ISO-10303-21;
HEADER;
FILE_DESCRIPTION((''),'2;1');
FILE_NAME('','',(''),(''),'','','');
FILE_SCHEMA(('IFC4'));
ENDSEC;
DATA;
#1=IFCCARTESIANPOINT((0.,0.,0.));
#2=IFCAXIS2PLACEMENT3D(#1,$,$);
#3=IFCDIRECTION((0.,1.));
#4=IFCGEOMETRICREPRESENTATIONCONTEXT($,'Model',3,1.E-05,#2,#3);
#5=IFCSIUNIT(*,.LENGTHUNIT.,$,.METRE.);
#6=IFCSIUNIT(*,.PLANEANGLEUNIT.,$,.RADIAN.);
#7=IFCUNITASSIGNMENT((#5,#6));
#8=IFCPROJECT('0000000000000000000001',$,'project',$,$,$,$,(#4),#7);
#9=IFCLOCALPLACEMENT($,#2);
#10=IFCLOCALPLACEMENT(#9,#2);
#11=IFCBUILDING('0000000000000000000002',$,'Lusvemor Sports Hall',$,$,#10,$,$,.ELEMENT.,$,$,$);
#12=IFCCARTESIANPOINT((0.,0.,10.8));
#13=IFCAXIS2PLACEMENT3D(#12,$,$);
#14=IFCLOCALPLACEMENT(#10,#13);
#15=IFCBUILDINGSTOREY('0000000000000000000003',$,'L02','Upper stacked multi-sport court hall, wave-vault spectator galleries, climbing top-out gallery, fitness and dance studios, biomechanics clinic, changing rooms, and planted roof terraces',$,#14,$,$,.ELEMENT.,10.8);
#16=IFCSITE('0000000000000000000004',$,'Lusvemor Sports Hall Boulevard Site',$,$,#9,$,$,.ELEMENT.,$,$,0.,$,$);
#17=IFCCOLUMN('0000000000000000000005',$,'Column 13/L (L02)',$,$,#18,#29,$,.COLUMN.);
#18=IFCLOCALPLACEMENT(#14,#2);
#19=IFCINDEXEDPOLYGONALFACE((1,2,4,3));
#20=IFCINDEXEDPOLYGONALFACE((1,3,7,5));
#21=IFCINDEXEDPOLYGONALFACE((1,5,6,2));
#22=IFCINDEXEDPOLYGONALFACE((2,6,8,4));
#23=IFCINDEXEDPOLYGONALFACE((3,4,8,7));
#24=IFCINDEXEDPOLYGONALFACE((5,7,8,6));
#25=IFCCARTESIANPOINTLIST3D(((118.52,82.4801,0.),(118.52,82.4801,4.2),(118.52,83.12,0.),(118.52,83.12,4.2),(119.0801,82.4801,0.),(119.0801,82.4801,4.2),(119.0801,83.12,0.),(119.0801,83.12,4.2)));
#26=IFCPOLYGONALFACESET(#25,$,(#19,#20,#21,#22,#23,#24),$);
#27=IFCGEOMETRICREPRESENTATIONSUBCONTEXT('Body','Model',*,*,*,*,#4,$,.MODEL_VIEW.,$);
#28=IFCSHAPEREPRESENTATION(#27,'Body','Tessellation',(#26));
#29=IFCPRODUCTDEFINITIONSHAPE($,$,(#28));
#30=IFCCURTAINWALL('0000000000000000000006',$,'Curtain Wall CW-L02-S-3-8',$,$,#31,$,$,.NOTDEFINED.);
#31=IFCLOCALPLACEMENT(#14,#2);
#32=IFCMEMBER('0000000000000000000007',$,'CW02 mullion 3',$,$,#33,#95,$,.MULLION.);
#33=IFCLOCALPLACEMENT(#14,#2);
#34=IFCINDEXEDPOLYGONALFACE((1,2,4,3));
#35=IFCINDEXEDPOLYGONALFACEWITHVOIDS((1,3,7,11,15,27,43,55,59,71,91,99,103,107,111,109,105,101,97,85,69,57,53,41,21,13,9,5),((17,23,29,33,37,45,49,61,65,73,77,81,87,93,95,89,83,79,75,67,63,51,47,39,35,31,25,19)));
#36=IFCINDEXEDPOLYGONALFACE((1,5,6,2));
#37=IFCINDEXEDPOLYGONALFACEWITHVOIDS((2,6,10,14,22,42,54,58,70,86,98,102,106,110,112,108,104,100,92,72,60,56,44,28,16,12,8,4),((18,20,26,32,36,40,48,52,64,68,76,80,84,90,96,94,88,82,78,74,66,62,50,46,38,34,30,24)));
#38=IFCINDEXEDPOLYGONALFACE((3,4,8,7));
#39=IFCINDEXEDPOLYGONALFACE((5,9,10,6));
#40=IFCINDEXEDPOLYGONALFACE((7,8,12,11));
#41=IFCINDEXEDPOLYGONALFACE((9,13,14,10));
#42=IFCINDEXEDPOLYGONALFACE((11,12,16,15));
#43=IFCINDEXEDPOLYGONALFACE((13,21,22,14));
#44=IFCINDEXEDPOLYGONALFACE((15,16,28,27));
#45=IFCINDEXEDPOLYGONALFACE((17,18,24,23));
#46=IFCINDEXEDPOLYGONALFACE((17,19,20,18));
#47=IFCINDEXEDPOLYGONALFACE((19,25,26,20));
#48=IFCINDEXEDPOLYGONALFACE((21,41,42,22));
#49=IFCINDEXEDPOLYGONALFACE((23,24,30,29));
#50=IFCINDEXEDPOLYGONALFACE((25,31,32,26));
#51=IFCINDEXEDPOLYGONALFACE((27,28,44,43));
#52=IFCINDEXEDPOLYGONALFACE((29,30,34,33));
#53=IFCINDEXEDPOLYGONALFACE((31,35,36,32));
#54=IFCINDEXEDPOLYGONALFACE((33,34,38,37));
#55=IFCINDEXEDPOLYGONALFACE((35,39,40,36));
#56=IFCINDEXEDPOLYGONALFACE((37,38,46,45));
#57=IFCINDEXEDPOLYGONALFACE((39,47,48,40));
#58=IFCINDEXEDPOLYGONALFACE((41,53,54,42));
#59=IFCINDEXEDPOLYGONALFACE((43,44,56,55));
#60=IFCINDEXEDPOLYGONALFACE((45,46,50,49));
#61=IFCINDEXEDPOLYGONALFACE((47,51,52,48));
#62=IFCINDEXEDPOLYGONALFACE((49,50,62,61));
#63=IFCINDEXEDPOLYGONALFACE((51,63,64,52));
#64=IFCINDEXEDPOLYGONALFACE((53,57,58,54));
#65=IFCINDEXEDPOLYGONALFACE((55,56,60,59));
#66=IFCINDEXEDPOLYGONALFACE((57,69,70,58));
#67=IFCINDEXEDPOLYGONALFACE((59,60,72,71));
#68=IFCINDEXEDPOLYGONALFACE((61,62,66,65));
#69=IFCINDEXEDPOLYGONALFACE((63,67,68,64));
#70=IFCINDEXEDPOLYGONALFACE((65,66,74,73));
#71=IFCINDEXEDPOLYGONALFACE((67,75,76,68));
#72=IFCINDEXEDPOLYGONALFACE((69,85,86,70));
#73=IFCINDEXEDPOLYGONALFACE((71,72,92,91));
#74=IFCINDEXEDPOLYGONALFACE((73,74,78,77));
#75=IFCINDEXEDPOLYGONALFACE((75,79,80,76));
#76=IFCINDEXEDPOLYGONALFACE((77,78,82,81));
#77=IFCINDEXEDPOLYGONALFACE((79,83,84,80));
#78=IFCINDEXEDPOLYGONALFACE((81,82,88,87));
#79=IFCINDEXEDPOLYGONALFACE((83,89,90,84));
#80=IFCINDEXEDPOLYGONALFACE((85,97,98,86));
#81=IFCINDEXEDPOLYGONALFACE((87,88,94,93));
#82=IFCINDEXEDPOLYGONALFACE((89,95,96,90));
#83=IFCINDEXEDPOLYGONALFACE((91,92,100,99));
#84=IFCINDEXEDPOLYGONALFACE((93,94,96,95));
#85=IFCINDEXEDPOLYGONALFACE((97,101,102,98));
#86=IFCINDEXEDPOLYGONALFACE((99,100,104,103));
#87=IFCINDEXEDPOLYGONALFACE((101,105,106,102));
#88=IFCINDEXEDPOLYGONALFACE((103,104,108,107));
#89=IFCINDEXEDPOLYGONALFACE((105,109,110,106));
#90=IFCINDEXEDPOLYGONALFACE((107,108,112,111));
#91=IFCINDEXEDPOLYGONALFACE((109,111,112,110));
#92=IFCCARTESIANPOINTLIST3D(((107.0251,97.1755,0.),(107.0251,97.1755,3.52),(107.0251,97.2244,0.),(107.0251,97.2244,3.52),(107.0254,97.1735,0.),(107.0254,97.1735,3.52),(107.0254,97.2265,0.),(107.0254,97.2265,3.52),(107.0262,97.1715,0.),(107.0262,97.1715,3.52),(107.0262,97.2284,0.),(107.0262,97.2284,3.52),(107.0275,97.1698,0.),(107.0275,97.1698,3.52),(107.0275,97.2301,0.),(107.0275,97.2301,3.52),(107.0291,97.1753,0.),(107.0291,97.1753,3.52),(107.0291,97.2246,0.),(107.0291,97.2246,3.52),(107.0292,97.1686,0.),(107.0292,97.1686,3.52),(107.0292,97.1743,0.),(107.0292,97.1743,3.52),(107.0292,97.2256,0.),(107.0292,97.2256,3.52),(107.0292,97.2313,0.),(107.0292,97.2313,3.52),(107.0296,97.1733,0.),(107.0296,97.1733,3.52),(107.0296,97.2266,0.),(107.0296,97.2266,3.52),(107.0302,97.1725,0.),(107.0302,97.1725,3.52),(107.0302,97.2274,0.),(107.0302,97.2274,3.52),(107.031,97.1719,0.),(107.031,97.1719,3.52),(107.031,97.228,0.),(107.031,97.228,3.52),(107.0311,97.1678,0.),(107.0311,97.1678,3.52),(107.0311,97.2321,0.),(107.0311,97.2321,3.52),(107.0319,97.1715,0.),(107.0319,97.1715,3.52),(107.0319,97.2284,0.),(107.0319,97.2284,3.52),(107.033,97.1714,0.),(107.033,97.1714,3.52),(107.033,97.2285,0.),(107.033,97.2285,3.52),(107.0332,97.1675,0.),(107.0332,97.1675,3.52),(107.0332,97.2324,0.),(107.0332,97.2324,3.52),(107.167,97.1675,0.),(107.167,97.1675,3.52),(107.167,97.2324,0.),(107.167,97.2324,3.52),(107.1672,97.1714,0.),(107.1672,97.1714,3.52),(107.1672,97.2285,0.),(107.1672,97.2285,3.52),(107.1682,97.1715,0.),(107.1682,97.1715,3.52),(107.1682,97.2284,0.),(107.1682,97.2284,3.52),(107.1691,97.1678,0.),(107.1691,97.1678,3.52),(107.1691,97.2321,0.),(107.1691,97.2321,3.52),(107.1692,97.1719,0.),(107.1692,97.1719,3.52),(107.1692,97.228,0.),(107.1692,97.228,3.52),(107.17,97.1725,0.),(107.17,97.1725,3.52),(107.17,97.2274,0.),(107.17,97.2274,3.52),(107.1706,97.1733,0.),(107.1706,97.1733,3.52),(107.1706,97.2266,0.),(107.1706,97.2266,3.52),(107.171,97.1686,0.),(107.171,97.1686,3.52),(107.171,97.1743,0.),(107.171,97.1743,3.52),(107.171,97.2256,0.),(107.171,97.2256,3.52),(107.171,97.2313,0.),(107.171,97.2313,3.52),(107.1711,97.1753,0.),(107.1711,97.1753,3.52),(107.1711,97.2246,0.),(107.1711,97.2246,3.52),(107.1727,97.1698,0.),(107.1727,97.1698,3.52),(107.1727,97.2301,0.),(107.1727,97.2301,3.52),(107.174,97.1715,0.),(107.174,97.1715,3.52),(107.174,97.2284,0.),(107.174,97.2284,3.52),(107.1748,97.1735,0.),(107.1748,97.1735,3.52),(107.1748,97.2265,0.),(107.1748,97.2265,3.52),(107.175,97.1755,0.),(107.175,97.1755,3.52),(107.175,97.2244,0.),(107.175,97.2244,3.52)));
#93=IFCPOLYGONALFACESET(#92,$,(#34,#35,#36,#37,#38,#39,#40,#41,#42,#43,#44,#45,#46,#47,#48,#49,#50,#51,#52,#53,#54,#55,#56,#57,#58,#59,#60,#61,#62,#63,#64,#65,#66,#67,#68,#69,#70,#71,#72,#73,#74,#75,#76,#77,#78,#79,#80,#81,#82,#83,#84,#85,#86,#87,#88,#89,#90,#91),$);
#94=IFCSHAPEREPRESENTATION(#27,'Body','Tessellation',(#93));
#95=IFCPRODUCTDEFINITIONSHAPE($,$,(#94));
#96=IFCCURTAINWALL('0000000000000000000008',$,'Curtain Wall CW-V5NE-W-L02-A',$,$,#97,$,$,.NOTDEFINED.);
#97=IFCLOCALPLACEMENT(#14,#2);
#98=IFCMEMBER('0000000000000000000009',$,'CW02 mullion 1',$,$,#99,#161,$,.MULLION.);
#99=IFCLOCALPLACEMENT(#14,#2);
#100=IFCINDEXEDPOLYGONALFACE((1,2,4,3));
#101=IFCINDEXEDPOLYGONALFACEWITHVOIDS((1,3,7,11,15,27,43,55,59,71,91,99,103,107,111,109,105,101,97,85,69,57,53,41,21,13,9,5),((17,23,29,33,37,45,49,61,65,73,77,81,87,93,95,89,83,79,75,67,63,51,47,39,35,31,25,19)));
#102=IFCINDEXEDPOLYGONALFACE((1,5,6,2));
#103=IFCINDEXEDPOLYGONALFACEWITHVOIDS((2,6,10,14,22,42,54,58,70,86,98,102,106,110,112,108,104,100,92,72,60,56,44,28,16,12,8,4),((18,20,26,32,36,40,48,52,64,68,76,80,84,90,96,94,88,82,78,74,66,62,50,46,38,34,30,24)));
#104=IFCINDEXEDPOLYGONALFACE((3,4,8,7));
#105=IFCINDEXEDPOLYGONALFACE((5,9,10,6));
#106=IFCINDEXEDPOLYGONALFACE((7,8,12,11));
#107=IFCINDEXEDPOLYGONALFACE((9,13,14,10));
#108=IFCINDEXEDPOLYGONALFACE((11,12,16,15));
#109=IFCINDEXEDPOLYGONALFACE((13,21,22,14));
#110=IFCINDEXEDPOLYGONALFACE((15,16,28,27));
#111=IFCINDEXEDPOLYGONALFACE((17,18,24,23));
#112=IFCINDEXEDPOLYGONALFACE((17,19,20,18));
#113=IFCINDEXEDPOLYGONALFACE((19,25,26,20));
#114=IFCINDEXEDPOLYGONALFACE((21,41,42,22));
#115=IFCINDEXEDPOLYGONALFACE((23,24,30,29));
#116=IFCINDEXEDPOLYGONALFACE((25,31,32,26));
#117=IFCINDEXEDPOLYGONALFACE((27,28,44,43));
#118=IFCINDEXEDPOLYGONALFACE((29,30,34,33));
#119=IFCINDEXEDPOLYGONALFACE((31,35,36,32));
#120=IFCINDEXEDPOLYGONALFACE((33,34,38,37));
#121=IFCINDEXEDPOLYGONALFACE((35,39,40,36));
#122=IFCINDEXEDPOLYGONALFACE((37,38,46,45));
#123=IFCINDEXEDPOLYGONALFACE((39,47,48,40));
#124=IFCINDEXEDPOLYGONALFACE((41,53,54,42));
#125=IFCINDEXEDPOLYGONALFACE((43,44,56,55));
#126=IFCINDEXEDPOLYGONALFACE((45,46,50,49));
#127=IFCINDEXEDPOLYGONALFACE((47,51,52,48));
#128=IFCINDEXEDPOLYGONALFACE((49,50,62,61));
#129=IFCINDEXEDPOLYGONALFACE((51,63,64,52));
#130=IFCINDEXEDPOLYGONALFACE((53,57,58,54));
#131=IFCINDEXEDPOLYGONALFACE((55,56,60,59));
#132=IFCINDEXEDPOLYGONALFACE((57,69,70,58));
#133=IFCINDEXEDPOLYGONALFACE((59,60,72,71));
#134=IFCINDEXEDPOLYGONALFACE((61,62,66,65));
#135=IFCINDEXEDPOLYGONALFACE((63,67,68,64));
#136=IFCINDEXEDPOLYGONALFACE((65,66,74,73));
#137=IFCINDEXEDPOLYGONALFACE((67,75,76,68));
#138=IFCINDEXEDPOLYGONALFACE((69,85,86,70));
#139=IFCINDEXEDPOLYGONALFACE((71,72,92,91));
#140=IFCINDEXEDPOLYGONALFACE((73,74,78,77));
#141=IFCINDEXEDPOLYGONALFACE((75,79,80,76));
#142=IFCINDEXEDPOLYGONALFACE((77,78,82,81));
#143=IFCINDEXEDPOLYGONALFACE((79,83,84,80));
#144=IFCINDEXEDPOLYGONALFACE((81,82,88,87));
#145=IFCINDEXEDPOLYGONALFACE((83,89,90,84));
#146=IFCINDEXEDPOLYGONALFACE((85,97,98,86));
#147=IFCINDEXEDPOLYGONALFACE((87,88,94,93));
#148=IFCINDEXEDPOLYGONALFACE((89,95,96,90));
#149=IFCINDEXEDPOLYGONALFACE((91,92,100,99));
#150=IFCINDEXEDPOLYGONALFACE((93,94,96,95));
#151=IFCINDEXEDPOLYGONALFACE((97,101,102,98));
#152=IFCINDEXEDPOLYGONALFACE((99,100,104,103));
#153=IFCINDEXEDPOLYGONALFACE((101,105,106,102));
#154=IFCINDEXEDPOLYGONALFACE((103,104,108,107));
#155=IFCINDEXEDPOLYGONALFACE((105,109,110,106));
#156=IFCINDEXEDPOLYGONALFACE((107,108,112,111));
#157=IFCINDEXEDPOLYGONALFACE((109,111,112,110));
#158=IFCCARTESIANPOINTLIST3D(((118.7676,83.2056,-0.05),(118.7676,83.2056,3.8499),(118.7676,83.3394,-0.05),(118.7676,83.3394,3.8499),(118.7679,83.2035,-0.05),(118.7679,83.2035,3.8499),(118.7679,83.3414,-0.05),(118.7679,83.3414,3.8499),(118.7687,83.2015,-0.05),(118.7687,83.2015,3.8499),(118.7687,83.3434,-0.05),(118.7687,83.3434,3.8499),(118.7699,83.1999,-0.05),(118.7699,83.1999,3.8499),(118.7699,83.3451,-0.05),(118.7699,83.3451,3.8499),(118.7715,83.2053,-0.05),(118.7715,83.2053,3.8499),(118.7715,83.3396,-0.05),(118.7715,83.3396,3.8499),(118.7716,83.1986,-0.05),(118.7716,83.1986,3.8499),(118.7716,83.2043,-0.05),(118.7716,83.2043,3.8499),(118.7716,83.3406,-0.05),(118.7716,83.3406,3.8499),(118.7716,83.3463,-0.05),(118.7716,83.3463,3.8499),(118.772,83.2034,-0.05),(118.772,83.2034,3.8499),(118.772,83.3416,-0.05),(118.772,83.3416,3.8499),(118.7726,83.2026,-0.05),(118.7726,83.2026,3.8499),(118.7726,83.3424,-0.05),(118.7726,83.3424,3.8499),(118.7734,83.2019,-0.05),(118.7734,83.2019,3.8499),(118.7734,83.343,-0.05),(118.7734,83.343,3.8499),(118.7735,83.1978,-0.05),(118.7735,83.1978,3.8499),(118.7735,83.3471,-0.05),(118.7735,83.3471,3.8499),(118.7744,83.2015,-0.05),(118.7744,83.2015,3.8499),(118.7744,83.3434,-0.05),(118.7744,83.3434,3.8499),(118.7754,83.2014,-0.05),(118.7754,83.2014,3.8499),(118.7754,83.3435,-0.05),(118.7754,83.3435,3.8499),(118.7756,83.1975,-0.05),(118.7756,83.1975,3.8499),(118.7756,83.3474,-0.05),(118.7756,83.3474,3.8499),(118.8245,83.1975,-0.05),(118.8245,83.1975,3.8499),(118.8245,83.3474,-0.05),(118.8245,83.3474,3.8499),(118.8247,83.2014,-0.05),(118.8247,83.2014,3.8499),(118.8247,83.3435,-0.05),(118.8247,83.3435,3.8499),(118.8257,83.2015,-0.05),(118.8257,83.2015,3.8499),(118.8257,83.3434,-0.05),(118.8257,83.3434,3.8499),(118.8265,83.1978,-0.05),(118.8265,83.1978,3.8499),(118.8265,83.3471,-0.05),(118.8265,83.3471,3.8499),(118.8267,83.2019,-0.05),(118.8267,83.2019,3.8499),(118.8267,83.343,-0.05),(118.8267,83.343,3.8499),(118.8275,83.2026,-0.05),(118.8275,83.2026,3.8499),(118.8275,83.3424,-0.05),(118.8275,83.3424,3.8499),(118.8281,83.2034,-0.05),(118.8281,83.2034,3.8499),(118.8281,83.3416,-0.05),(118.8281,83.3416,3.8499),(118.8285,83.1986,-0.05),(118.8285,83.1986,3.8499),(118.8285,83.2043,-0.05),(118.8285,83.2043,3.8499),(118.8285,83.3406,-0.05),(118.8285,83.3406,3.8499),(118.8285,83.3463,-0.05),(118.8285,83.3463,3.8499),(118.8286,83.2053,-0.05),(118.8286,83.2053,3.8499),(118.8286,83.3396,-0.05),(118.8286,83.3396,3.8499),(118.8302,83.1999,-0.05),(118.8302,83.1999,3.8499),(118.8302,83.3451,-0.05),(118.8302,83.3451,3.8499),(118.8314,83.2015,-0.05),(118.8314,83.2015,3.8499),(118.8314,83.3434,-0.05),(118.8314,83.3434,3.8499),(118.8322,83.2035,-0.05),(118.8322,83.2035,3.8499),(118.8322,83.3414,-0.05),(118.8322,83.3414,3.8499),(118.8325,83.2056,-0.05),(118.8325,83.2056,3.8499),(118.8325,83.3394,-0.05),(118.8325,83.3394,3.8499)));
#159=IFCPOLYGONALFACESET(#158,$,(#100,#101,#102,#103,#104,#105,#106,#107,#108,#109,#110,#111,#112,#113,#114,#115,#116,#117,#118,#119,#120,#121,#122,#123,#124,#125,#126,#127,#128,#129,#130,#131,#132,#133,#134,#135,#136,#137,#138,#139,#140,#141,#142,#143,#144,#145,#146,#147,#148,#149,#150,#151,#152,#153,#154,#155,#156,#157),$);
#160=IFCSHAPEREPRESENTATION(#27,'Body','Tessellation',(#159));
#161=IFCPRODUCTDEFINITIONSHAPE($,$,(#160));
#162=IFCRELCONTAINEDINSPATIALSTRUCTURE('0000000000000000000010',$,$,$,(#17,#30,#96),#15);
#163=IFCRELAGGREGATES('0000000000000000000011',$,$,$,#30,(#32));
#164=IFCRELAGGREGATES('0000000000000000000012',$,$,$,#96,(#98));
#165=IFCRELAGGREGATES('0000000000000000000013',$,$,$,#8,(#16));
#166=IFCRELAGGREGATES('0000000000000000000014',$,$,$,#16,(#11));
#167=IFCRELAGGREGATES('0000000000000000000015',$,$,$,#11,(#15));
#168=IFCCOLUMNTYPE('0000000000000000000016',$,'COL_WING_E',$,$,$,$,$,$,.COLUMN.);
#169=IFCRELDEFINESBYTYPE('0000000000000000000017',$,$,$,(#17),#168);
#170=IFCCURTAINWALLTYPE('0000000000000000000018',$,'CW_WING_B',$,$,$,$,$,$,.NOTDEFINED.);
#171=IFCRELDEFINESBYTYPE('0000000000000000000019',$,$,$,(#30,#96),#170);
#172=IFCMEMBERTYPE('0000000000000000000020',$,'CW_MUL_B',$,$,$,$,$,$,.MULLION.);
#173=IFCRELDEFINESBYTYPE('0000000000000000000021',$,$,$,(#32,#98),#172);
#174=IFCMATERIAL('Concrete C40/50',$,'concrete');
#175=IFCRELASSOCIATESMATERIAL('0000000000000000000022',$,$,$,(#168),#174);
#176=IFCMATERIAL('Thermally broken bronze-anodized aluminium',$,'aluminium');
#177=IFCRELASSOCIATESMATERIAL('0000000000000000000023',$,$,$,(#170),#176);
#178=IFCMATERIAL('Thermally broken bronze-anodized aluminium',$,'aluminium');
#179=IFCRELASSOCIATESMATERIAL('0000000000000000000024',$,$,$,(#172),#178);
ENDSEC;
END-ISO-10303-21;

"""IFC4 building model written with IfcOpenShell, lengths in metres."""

from ifc_helpers import new_model, si_unit, direction, frame, origin, origin_2d, place, context, subcontext, project, spatial, rectangle, hollow_rectangle, extrude, material, material_profile, profile_set, type_object, element, aggregate, save


model = new_model("IFC4")

# Units and contexts
model_context = context("Model", 3, precision=1e-05, world=origin(), true_north=direction((0.0, 1.0)))
body_context = subcontext(model_context, "Body", "Model", "MODEL_VIEW")
ifc_project = project(units=[si_unit("LENGTHUNIT", "METRE"), si_unit("PLANEANGLEUNIT", "RADIAN")], contexts=[model_context])

# Site, building, storey
site_placement = place(None, origin())
site = spatial("IfcSite", under=ifc_project, at=site_placement, Name="Lusvemor Sports Hall Boulevard Site", CompositionType="ELEMENT", RefElevation=0.0)
building_placement = place(site_placement, origin())
building = spatial("IfcBuilding", under=site, at=building_placement, Name="Lusvemor Sports Hall", CompositionType="ELEMENT")
storey_placement = place(building_placement, frame((0.0, 0.0, 10.8)))
storey = spatial("IfcBuildingStorey", under=building, at=storey_placement, Name="L02", Description="Upper stacked multi-sport court hall, wave-vault spectator galleries, climbing top-out gallery, fitness and dance studios, biomechanics clinic, changing rooms, and planted roof terraces", CompositionType="ELEMENT", Elevation=10.8)

# Column
ifc_material_1 = material(Name="Concrete C40/50", Category="concrete")
ifc_material_profile_1 = material_profile(ifc_material_1, rectangle(XDim=0.5601, YDim=0.6399, at=origin_2d()), Name="RC560x640")
ifc_profile_set_1 = profile_set([ifc_material_profile_1], Name="Concrete C40/50")
column_type = type_object("IfcColumnType", Name="COL_WING_E", PredefinedType="COLUMN", material=ifc_profile_set_1)
column_placement = place(storey_placement, frame((118.8, 82.8, 0.0), z_axis=(0.0, 0.0, 1.0), x_axis=(1.0, 0.0, 0.0)))
element("IfcColumn", 1, at=column_placement, inside=storey, type_object=column_type, Name="Column 13/L (L02)", PredefinedType="COLUMN", context=body_context, shape_type="SweptSolid", body=[
    extrude(rectangle(XDim=0.5601, YDim=0.6399, at=origin_2d()), origin(), (0.0, 0.0, 1.0), 4.2),
])

# Curtain walls, members
ifc_material_2 = material(Name="Thermally broken bronze-anodized aluminium", Category="aluminium")
curtain_wall_type = type_object("IfcCurtainWallType", Name="CW_WING_B", PredefinedType="NOTDEFINED", material=ifc_material_2)
curtain_wall_1_placement = place(storey_placement, origin())
curtain_wall_1 = element("IfcCurtainWall", 2, at=curtain_wall_1_placement, inside=storey, type_object=curtain_wall_type, Name="Curtain Wall CW-L02-S-3-8", PredefinedType="NOTDEFINED")
ifc_material_3 = material(Name="Thermally broken bronze-anodized aluminium", Category="aluminium")
ifc_material_profile_2 = material_profile(ifc_material_3, hollow_rectangle(XDim=0.0649, YDim=0.1499, WallThickness=0.0039, InnerFilletRadius=0.0039, OuterFilletRadius=0.0081, at=origin_2d()), Name="CWMUL150x65x4")
ifc_profile_set_2 = profile_set([ifc_material_profile_2], Name="Thermally broken bronze-anodized aluminium")
member_type_1 = type_object("IfcMemberType", Name="CW_MUL_B", PredefinedType="MULLION", material=ifc_profile_set_2)
member_1_placement = place(storey_placement, frame((107.1001, 97.2, 0.0), z_axis=(0.0, 0.0, 1.0), x_axis=(0.0, -1.0, 0.0)))
member_1 = element("IfcMember", 3, at=member_1_placement, type_object=member_type_1, Name="CW02 mullion 3", PredefinedType="MULLION", context=body_context, shape_type="SweptSolid", body=[
    extrude(hollow_rectangle(XDim=0.0649, YDim=0.1499, WallThickness=0.0039, InnerFilletRadius=0.0039, OuterFilletRadius=0.0081, at=origin_2d()), origin(), (0.0, 0.0, 1.0), 3.52),
])
curtain_wall_2_placement = place(storey_placement, origin())
curtain_wall_2 = element("IfcCurtainWall", 4, at=curtain_wall_2_placement, inside=storey, type_object=curtain_wall_type, Name="Curtain Wall CW-V5NE-W-L02-A", PredefinedType="NOTDEFINED")
member_2_placement = place(storey_placement, frame((118.8, 83.2725, -0.05), z_axis=(0.0, 0.0, 1.0), x_axis=(-1.0, 0.0, 0.0)))
member_2 = element("IfcMember", 5, at=member_2_placement, type_object=member_type_1, Name="CW02 mullion 1", PredefinedType="MULLION", context=body_context, shape_type="SweptSolid", body=[
    extrude(hollow_rectangle(XDim=0.0649, YDim=0.1499, WallThickness=0.0039, InnerFilletRadius=0.0039, OuterFilletRadius=0.0081, at=origin_2d()), origin(), (0.0, 0.0, 1.0), 3.8999),
])

aggregate(curtain_wall_1, [member_1])
aggregate(curtain_wall_2, [member_2])

save(model, "model.ifc")
